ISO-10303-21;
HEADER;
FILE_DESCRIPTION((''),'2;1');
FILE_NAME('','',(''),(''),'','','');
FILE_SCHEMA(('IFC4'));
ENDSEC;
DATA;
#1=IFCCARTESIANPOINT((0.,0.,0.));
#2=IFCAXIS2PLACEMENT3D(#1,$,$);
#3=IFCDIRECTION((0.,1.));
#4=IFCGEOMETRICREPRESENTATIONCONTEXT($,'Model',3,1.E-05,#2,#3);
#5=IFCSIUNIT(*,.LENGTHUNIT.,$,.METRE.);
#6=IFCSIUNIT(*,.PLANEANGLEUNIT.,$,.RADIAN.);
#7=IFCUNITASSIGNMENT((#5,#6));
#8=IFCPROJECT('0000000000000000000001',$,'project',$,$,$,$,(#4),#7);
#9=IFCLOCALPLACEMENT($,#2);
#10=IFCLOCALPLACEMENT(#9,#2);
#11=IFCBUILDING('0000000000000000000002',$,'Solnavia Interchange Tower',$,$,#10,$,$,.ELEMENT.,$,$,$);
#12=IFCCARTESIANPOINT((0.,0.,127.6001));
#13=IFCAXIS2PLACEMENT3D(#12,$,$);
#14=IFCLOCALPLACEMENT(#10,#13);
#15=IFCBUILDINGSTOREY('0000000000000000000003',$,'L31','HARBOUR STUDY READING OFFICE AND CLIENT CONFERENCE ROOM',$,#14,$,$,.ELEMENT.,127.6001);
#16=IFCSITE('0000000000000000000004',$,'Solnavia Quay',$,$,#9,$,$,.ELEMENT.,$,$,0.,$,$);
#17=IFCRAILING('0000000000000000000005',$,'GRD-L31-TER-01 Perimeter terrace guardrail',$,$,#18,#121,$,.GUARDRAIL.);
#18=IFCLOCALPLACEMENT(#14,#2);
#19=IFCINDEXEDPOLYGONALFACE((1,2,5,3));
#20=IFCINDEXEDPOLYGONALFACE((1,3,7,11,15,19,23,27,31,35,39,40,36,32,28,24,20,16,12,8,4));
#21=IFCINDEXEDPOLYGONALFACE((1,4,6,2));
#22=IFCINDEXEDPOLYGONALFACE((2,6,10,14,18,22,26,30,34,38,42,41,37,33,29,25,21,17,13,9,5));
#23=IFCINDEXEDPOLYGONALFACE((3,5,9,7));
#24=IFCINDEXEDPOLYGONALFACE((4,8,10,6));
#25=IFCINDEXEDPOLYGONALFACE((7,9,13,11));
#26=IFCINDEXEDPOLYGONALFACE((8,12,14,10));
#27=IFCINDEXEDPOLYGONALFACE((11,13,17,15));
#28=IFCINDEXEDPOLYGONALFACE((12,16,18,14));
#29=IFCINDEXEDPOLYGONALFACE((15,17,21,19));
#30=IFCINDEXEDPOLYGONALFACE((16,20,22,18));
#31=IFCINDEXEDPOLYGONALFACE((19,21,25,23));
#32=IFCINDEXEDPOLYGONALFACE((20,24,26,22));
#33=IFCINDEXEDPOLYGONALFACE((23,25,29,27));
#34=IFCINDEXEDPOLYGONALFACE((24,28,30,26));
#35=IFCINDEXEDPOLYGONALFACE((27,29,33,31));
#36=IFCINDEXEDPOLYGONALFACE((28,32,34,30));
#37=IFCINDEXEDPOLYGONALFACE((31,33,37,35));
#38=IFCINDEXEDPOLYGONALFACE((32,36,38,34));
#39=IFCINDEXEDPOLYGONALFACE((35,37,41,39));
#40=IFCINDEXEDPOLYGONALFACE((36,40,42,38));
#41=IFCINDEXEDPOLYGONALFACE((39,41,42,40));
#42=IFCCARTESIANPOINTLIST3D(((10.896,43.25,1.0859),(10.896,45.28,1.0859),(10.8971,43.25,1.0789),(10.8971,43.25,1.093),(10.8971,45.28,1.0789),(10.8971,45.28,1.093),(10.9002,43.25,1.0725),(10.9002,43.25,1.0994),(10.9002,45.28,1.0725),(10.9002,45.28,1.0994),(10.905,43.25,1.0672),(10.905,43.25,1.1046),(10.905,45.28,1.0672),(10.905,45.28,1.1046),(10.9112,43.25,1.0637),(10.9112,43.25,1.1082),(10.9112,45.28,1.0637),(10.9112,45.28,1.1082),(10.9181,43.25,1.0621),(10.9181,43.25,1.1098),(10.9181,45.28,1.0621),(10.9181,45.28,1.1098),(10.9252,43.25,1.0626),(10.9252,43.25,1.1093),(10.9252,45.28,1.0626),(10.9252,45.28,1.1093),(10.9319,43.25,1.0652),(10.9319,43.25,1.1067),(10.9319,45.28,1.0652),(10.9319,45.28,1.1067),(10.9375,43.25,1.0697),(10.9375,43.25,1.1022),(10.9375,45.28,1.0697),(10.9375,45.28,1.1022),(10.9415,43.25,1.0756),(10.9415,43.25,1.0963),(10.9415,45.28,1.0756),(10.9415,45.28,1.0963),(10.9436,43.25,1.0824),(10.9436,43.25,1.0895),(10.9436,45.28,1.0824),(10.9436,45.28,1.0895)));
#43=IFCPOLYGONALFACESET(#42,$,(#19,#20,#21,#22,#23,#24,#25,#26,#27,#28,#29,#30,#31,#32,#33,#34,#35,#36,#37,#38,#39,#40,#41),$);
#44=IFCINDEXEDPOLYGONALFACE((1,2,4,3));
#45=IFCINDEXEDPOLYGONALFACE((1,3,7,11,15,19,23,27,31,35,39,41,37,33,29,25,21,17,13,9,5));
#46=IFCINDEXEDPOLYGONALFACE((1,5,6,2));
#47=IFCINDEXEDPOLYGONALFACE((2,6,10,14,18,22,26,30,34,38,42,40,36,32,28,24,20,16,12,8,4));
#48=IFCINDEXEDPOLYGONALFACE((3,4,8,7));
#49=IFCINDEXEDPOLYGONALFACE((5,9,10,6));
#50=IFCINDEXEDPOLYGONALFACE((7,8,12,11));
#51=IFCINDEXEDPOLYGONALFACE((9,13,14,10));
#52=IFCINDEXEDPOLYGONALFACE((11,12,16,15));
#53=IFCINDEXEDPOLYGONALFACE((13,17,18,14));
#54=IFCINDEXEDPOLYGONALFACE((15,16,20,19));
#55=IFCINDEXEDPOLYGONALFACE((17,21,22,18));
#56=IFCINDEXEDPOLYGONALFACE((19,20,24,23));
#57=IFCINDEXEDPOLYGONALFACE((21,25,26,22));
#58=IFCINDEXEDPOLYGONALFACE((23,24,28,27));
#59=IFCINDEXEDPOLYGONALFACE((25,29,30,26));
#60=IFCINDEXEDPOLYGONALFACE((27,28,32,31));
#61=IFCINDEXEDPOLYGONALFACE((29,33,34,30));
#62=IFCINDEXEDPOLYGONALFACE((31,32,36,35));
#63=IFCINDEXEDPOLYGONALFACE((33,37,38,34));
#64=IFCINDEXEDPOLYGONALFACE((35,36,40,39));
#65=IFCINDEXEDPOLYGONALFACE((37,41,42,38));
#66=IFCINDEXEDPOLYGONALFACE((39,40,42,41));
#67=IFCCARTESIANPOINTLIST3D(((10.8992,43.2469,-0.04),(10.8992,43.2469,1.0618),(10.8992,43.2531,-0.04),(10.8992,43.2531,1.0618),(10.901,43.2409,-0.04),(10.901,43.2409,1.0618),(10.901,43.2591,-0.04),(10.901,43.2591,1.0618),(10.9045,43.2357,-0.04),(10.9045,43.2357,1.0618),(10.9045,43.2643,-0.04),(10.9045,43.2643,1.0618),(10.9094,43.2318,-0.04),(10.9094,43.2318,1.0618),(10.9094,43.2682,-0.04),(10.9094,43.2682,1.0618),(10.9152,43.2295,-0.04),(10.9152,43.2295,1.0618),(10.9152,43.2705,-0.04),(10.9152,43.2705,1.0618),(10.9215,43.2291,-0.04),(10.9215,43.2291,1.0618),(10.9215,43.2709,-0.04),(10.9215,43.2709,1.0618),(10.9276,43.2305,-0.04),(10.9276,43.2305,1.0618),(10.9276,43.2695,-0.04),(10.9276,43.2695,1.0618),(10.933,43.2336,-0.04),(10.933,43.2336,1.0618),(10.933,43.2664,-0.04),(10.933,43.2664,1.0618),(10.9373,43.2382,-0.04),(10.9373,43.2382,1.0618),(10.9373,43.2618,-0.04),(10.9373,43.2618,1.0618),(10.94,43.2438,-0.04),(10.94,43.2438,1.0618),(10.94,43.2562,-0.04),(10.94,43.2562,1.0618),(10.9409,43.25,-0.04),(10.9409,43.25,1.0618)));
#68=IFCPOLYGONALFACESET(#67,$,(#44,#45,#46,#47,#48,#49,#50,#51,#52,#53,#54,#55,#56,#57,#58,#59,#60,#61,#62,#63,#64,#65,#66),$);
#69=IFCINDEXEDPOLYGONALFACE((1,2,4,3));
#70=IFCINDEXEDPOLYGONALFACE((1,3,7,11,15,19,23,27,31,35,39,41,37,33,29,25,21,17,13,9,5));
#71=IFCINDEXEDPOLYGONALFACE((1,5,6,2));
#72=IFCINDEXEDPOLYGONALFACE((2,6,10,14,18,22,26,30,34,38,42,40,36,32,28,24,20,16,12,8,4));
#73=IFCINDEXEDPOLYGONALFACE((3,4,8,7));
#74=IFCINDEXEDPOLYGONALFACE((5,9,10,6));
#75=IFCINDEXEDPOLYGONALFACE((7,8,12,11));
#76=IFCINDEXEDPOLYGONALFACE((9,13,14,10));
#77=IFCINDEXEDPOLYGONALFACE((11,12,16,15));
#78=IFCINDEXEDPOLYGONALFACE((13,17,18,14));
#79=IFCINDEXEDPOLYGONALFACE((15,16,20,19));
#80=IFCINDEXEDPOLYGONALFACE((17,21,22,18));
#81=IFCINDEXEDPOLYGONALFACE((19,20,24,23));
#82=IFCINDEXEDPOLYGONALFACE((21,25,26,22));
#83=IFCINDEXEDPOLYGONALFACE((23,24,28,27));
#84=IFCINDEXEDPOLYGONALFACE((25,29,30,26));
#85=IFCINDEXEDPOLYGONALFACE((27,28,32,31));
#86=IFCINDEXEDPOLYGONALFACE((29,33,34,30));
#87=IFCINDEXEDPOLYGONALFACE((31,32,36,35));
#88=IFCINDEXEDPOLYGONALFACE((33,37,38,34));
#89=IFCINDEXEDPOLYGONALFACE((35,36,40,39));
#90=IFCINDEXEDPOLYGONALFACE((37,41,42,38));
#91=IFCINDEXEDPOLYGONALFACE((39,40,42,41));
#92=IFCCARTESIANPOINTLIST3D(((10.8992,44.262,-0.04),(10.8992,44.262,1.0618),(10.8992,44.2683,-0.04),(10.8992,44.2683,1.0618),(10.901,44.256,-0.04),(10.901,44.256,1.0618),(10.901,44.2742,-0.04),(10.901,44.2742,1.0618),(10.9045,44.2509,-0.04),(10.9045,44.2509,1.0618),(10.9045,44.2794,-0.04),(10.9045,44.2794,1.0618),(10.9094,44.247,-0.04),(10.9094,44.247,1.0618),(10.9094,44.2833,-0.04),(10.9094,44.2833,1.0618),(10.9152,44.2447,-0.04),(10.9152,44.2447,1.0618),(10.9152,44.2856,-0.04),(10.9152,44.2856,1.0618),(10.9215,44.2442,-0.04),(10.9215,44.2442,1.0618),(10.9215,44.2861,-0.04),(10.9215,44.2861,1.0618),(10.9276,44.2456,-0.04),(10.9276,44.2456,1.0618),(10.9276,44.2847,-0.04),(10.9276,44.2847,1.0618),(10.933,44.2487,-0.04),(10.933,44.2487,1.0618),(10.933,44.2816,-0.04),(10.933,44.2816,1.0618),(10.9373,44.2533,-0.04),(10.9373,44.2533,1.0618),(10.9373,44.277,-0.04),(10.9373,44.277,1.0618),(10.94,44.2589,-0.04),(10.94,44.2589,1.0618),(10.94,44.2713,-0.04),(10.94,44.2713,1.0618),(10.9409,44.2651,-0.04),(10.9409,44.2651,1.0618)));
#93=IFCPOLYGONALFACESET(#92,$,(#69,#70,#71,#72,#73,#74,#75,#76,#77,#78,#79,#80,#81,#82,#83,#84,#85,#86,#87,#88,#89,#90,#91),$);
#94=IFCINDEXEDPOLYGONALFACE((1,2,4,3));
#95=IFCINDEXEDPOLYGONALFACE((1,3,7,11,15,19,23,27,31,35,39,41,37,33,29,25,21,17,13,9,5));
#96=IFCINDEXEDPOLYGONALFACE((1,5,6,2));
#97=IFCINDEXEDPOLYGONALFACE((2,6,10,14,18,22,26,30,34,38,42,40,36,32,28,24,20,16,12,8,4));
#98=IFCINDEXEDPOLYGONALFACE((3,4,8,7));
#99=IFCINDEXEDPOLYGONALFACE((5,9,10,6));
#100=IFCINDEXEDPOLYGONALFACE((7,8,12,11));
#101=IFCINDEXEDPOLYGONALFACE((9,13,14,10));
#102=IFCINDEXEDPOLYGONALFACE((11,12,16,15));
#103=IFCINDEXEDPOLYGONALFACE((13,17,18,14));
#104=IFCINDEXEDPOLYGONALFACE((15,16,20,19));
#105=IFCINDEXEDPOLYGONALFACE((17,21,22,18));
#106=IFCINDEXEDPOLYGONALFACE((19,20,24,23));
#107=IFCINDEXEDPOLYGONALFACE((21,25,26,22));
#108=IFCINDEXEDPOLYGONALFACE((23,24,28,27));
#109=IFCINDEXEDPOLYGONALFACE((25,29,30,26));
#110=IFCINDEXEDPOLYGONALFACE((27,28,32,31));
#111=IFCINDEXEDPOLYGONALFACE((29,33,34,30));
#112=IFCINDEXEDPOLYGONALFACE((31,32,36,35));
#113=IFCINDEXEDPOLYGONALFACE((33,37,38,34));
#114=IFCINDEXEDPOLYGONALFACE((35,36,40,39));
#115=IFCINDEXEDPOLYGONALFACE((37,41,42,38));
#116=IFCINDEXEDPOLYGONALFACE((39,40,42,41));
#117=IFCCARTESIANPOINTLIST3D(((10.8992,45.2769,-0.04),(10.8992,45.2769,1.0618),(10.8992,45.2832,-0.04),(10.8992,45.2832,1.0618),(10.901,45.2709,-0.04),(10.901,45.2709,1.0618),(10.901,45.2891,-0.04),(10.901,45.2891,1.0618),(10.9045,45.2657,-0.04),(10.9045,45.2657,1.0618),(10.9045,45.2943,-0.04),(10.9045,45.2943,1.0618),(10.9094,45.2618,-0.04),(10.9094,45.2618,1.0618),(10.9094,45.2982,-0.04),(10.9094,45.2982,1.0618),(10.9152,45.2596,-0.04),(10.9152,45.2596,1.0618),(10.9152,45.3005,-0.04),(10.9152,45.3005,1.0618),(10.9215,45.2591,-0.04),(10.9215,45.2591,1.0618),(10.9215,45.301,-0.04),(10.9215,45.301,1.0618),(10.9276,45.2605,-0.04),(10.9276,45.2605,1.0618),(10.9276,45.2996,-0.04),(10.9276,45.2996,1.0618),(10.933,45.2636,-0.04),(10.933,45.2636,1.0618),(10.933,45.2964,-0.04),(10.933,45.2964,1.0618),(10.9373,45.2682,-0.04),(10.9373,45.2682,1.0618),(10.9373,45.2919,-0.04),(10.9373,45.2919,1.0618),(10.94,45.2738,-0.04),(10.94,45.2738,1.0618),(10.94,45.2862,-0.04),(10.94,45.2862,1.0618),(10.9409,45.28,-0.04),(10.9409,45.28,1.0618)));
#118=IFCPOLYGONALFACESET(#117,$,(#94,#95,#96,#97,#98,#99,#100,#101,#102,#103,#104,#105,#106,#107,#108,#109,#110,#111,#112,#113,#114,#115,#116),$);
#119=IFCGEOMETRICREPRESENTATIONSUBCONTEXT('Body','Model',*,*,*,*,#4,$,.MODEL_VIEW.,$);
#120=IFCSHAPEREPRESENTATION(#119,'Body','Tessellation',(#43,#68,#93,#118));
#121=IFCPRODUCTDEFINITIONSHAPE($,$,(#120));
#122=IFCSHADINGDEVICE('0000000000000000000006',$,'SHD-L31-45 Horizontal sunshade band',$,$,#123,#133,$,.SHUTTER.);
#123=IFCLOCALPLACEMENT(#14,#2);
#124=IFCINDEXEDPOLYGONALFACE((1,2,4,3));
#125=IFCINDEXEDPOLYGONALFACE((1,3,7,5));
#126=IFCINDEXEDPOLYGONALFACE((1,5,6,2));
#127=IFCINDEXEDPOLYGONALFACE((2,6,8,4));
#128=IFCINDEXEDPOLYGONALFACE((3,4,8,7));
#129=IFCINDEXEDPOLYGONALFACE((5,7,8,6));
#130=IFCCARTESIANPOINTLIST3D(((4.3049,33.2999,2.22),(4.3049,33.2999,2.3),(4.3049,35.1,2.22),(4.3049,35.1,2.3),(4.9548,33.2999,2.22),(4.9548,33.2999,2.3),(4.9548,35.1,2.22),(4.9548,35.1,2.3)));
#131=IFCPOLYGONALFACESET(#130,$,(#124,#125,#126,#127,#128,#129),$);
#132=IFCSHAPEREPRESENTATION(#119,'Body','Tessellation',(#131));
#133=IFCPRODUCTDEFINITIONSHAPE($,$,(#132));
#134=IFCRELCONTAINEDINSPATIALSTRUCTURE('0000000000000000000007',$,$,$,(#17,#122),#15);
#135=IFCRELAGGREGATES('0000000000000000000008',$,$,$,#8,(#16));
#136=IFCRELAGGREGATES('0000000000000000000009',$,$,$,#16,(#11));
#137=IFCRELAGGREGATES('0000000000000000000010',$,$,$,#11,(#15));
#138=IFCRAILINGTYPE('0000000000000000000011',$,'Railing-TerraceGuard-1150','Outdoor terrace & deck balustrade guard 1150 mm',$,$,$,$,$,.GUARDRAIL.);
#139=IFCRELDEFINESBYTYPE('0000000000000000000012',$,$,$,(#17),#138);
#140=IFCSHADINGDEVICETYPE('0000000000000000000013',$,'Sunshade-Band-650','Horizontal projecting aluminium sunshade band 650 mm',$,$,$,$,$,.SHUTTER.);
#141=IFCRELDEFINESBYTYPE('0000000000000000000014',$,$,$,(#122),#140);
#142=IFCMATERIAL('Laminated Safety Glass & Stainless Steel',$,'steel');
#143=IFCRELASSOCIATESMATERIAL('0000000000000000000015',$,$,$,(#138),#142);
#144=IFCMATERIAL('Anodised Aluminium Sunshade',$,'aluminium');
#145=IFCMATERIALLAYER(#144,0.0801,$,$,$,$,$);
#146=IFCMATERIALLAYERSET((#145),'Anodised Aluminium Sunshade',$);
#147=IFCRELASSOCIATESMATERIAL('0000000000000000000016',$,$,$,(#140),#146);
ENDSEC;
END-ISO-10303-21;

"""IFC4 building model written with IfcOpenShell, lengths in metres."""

from ifc_helpers import new_model, si_unit, direction, frame, origin, origin_2d, place, context, subcontext, project, spatial, rectangle, circle, extrude, material, layer, layer_set, type_object, element, save


model = new_model("IFC4")

# Units and contexts
model_context = context("Model", 3, precision=1e-05, world=origin(), true_north=direction((0.0, 1.0)))
body_context = subcontext(model_context, "Body", "Model", "MODEL_VIEW")
ifc_project = project(units=[si_unit("LENGTHUNIT", "METRE"), si_unit("PLANEANGLEUNIT", "RADIAN")], contexts=[model_context])

# Site, building, storey
site_placement = place(None, origin())
site = spatial("IfcSite", under=ifc_project, at=site_placement, Name="Solnavia Quay", CompositionType="ELEMENT", RefElevation=0.0)
building_placement = place(site_placement, origin())
building = spatial("IfcBuilding", under=site, at=building_placement, Name="Solnavia Interchange Tower", CompositionType="ELEMENT")
storey_placement = place(building_placement, frame((0.0, 0.0, 127.6001)))
storey = spatial("IfcBuildingStorey", under=building, at=storey_placement, Name="L31", Description="HARBOUR STUDY READING OFFICE AND CLIENT CONFERENCE ROOM", CompositionType="ELEMENT", Elevation=127.6001)

# Railing
ifc_material_1 = material(Name="Laminated Safety Glass & Stainless Steel", Category="steel")
railing_type = type_object("IfcRailingType", Name="Railing-TerraceGuard-1150", Description="Outdoor terrace & deck balustrade guard 1150 mm", PredefinedType="GUARDRAIL", material=ifc_material_1)
railing_1_placement = place(storey_placement, frame((10.9199, 43.25, -0.04)))
element("IfcRailing", 1, at=railing_1_placement, inside=storey, type_object=railing_type, Name="GRD-L31-TER-01 Perimeter terrace guardrail", PredefinedType="GUARDRAIL", context=body_context, shape_type="SweptSolid", body=[
    extrude(circle(Radius=0.0239, at=origin_2d()), frame((0.0, 0.0, 1.126), z_axis=(0.0, 1.0, 0.0), x_axis=(-1.0, 0.0, 0.0)), (0.0, 0.0, 1.0), 2.03),
    extrude(circle(Radius=0.021, at=origin_2d()), origin(), (0.0, 0.0, 1.0), 1.1018),
    extrude(circle(Radius=0.021, at=origin_2d()), frame((0.0, 1.0151, 0.0)), (0.0, 0.0, 1.0), 1.1018),
    extrude(circle(Radius=0.021, at=origin_2d()), frame((0.0, 2.03, 0.0)), (0.0, 0.0, 1.0), 1.1018),
])

# Shading device
ifc_material_2 = material(Name="Anodised Aluminium Sunshade", Category="aluminium")
ifc_layer_1 = layer(ifc_material_2, 0.0801)
ifc_layer_set_1 = layer_set([ifc_layer_1], Name="Anodised Aluminium Sunshade")
shading_device_type = type_object("IfcShadingDeviceType", Name="Sunshade-Band-650", Description="Horizontal projecting aluminium sunshade band 650 mm", PredefinedType="SHUTTER", material=ifc_layer_set_1)
shading_device_placement = place(storey_placement, frame((4.6299, 34.2, 2.22), z_axis=(0.0, 0.0, 1.0), x_axis=(0.0, 1.0, 0.0)))
element("IfcShadingDevice", 2, at=shading_device_placement, inside=storey, type_object=shading_device_type, Name="SHD-L31-45 Horizontal sunshade band", PredefinedType="SHUTTER", context=body_context, shape_type="SweptSolid", body=[
    extrude(rectangle(XDim=1.8, YDim=0.6499, at=origin_2d()), origin(), (0.0, 0.0, 1.0), 0.0801),
])

save(model, "model.ifc")
